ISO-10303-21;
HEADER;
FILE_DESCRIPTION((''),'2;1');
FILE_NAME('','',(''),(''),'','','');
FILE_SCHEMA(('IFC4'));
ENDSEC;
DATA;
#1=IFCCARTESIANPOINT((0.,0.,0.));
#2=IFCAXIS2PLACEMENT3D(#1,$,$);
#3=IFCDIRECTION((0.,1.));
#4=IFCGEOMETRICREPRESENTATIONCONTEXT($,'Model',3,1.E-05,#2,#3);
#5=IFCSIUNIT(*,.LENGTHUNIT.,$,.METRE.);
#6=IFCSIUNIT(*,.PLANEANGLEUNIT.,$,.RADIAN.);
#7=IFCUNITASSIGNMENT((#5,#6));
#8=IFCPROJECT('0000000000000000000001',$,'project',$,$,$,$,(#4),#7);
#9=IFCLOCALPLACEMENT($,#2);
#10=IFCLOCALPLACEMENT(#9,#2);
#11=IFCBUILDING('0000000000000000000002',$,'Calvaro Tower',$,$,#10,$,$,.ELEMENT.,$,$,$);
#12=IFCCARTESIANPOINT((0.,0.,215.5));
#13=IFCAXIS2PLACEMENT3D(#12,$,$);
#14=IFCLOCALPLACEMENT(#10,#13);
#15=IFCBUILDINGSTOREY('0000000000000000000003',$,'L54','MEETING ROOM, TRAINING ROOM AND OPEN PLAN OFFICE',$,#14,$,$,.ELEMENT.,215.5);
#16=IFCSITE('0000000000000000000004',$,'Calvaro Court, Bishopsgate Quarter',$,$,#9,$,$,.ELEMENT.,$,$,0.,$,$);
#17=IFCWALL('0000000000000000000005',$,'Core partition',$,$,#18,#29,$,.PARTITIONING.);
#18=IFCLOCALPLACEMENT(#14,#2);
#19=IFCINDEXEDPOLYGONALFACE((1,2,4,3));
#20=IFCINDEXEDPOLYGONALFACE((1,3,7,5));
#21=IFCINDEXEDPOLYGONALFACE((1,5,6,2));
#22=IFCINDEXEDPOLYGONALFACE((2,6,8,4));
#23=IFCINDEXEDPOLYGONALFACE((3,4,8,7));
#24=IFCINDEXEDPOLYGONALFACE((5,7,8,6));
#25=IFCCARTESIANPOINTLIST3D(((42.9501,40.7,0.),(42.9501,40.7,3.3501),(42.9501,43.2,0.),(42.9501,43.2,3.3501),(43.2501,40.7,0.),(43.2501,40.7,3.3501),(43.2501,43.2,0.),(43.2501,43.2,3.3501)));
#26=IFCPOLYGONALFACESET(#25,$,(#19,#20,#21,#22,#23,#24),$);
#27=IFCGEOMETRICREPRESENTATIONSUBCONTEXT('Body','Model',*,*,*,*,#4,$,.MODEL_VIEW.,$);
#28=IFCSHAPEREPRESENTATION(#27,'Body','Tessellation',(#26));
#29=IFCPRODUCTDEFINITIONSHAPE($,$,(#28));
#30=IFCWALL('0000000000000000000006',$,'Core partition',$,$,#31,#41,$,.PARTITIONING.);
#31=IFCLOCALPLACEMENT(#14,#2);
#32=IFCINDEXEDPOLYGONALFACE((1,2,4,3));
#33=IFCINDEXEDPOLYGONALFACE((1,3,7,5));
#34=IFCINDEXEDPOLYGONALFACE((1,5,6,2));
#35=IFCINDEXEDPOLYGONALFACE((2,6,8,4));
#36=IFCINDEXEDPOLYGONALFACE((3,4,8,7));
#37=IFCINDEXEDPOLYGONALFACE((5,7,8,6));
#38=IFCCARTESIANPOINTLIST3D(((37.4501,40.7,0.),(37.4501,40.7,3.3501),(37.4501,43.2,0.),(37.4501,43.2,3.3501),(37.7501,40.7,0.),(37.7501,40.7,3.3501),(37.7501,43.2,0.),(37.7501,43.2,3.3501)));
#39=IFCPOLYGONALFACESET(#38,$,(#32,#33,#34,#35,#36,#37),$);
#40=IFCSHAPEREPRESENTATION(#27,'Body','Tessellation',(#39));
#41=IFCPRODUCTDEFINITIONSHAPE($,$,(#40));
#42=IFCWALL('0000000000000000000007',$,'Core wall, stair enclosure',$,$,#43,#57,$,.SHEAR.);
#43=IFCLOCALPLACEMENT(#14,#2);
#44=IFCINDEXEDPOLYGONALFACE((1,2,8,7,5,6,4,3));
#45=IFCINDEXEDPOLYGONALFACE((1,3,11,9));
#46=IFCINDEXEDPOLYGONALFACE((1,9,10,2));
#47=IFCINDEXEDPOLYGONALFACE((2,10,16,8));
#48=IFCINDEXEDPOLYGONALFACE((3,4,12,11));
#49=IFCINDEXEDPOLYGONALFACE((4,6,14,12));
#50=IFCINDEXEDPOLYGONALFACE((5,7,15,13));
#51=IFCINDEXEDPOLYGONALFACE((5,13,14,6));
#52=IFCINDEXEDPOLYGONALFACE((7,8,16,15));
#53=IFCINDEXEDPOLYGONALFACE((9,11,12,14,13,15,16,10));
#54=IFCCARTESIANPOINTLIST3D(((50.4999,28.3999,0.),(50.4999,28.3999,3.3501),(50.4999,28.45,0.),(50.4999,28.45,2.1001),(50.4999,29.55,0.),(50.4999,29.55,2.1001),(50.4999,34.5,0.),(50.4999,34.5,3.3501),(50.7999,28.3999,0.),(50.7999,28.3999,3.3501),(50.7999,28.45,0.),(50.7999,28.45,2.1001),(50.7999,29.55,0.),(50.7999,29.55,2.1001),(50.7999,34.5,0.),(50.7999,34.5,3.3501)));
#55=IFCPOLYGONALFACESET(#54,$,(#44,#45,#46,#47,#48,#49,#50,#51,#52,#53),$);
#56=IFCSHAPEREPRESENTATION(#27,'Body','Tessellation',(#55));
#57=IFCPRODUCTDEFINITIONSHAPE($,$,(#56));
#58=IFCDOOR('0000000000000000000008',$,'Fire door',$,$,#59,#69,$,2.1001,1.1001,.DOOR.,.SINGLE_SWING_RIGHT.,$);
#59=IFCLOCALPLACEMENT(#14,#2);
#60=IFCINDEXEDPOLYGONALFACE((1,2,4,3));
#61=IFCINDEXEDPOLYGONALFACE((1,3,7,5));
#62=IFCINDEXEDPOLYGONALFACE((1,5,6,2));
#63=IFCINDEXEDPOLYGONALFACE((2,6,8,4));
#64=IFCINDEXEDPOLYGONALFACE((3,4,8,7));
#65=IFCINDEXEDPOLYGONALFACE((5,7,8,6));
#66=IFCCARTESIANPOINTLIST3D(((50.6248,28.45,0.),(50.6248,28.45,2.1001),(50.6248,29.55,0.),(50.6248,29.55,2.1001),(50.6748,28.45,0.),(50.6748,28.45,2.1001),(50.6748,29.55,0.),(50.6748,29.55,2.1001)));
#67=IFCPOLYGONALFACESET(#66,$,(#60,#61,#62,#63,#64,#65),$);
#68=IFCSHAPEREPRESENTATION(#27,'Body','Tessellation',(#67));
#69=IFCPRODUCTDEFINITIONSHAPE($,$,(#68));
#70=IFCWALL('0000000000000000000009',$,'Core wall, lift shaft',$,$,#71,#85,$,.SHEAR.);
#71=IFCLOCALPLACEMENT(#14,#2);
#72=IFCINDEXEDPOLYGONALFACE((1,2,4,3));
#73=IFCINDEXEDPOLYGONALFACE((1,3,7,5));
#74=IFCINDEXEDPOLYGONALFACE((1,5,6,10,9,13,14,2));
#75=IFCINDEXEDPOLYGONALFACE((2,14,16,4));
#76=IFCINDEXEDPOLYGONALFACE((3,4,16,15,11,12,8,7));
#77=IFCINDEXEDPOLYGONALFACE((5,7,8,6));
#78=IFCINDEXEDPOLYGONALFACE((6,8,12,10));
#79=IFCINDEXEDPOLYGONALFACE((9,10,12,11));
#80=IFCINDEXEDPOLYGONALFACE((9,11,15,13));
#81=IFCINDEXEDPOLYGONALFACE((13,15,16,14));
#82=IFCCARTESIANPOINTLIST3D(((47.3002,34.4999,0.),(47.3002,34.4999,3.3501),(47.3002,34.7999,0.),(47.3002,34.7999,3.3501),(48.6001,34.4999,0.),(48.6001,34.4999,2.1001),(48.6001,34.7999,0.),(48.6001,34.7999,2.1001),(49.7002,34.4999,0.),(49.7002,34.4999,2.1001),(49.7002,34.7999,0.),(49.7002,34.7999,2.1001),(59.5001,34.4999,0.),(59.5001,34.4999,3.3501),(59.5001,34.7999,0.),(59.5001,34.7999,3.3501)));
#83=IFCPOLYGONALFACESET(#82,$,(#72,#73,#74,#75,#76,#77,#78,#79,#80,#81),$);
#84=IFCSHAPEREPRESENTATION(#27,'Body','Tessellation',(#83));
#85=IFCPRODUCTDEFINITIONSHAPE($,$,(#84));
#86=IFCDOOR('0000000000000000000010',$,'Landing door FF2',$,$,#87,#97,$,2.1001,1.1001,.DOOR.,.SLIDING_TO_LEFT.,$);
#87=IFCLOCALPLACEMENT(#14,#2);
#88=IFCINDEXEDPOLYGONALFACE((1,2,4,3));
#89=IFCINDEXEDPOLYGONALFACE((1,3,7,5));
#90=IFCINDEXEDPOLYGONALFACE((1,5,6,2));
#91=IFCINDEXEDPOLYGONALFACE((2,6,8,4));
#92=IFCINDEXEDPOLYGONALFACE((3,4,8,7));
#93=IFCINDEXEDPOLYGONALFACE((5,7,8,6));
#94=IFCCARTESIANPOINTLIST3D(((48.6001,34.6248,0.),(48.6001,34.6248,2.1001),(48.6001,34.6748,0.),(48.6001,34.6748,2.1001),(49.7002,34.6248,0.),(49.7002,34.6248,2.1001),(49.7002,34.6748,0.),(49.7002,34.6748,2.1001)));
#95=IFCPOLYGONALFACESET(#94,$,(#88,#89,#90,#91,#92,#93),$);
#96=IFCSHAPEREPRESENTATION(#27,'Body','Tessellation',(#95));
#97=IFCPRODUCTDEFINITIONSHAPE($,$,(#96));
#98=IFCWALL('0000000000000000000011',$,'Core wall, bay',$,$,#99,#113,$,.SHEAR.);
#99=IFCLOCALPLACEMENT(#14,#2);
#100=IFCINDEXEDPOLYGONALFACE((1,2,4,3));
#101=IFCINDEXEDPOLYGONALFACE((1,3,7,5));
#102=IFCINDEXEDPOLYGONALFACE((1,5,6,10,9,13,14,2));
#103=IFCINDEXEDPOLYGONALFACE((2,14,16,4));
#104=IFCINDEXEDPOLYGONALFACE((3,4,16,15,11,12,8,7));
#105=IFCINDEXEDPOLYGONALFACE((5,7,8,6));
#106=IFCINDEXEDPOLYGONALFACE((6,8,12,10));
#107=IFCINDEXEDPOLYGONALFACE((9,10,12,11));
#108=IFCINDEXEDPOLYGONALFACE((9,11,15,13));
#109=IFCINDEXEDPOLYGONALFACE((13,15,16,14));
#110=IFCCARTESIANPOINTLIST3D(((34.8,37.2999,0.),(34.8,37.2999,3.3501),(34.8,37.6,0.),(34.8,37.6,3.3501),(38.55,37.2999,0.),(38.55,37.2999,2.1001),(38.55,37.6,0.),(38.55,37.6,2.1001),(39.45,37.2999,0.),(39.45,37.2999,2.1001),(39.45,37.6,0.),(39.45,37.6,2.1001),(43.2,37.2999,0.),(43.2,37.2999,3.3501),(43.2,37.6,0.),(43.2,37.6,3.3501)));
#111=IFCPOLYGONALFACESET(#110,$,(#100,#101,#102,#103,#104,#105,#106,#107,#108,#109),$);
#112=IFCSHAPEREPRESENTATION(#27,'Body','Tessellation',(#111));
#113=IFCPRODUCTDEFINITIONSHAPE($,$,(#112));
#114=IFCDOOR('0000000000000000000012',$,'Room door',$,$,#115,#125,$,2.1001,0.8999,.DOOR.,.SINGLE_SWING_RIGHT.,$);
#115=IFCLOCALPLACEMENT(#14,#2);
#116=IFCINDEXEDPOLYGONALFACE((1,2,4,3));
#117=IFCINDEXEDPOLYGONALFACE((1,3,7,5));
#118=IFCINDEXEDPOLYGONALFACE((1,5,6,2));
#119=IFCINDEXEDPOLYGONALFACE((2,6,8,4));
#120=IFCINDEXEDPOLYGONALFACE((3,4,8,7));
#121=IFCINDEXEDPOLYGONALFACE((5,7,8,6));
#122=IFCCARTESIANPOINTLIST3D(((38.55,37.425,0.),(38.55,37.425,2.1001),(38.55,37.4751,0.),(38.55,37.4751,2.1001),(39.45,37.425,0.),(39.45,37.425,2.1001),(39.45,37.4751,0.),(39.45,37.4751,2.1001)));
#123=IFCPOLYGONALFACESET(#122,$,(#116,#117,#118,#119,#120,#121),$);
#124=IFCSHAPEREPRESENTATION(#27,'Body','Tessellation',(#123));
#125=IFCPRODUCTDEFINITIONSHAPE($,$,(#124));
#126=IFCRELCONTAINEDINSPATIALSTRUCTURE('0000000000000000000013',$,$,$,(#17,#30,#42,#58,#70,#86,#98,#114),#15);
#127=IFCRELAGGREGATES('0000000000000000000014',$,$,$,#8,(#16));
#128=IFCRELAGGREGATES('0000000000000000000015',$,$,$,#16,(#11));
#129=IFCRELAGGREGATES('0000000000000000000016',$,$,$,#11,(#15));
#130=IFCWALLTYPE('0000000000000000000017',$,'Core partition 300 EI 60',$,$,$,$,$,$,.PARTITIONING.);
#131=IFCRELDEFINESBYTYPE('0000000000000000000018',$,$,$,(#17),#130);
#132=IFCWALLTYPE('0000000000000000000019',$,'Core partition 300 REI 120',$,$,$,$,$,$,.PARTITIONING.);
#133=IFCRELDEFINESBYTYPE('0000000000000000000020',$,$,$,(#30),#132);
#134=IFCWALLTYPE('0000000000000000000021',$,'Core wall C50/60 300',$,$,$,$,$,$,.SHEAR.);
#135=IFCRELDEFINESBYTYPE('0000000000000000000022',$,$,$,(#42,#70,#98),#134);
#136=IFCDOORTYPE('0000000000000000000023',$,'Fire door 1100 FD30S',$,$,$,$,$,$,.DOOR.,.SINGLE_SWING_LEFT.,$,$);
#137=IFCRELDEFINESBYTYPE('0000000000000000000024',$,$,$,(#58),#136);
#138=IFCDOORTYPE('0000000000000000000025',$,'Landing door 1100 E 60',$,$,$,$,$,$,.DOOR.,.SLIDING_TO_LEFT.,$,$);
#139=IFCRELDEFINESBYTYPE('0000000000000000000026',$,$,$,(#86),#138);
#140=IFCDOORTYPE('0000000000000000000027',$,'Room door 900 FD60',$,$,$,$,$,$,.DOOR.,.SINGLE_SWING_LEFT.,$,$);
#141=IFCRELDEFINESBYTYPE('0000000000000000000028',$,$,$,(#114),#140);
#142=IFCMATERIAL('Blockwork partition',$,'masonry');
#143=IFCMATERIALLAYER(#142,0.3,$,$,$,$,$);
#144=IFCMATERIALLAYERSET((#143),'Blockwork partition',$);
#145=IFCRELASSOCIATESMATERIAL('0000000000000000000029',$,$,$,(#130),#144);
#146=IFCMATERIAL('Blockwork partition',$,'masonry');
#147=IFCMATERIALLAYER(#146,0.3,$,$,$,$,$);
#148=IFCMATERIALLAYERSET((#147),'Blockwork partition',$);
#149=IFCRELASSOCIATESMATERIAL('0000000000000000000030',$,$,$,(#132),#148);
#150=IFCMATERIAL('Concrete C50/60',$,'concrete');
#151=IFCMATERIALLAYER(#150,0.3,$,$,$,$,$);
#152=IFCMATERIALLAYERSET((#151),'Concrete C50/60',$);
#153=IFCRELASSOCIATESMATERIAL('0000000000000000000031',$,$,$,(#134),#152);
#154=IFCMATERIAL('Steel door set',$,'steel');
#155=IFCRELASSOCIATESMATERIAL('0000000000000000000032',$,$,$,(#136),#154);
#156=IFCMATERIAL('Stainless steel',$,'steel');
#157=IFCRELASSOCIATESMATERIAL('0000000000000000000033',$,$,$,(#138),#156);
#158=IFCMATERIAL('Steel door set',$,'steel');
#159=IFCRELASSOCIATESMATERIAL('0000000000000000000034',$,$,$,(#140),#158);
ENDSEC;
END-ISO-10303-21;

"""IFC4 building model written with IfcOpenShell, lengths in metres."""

from ifc_helpers import new_model, si_unit, direction, frame, frame_2d, origin, place, context, subcontext, project, spatial, rectangle, extrude, material, layer, layer_set, type_object, element, fill, save


model = new_model("IFC4")

# Units and contexts
model_context = context("Model", 3, precision=1e-05, world=origin(), true_north=direction((0.0, 1.0)))
body_context = subcontext(model_context, "Body", "Model", "MODEL_VIEW")
ifc_project = project(units=[si_unit("LENGTHUNIT", "METRE"), si_unit("PLANEANGLEUNIT", "RADIAN")], contexts=[model_context])

# Site, building, storey
site_placement = place(None, origin())
site = spatial("IfcSite", under=ifc_project, at=site_placement, Name="Calvaro Court, Bishopsgate Quarter", CompositionType="ELEMENT", RefElevation=0.0)
building_placement = place(site_placement, origin())
building = spatial("IfcBuilding", under=site, at=building_placement, Name="Calvaro Tower", CompositionType="ELEMENT")
storey_placement = place(building_placement, frame((0.0, 0.0, 215.5)))
storey = spatial("IfcBuildingStorey", under=building, at=storey_placement, Name="L54", Description="MEETING ROOM, TRAINING ROOM AND OPEN PLAN OFFICE", CompositionType="ELEMENT", Elevation=215.5)

# Walls
ifc_material_1 = material(Name="Blockwork partition", Category="masonry")
ifc_layer_1 = layer(ifc_material_1, 0.3)
ifc_layer_set_1 = layer_set([ifc_layer_1], Name="Blockwork partition")
wall_type_1 = type_object("IfcWallType", Name="Core partition 300 EI 60", PredefinedType="PARTITIONING", material=ifc_layer_set_1)
wall_1_placement = place(storey_placement, frame((43.1001, 40.7, 0.0), z_axis=(0.0, 0.0, 1.0), x_axis=(0.0, 1.0, 0.0)))
element("IfcWall", 1, at=wall_1_placement, inside=storey, type_object=wall_type_1, Name="Core partition", PredefinedType="PARTITIONING", context=body_context, shape_type="SweptSolid", body=[
    extrude(rectangle(XDim=2.5, YDim=0.3, at=frame_2d((1.25, 0.0))), origin(), (0.0, 0.0, 1.0), 3.3501),
])
ifc_material_2 = material(Name="Blockwork partition", Category="masonry")
ifc_layer_2 = layer(ifc_material_2, 0.3)
ifc_layer_set_2 = layer_set([ifc_layer_2], Name="Blockwork partition")
wall_type_2 = type_object("IfcWallType", Name="Core partition 300 REI 120", PredefinedType="PARTITIONING", material=ifc_layer_set_2)
wall_2_placement = place(storey_placement, frame((37.6001, 40.7, 0.0), z_axis=(0.0, 0.0, 1.0), x_axis=(0.0, 1.0, 0.0)))
element("IfcWall", 2, at=wall_2_placement, inside=storey, type_object=wall_type_2, Name="Core partition", PredefinedType="PARTITIONING", context=body_context, shape_type="SweptSolid", body=[
    extrude(rectangle(XDim=2.5, YDim=0.3, at=frame_2d((1.25, 0.0))), origin(), (0.0, 0.0, 1.0), 3.3501),
])

# Walls, openings, doors
ifc_material_3 = material(Name="Concrete C50/60", Category="concrete")
ifc_layer_3 = layer(ifc_material_3, 0.3)
ifc_layer_set_3 = layer_set([ifc_layer_3], Name="Concrete C50/60")
wall_type_3 = type_object("IfcWallType", Name="Core wall C50/60 300", PredefinedType="SHEAR", material=ifc_layer_set_3)
wall_3_placement = place(storey_placement, frame((50.6499, 34.5, 0.0), z_axis=(0.0, 0.0, 1.0), x_axis=(0.0, -1.0, 0.0)))
wall_3 = element("IfcWall", 3, at=wall_3_placement, inside=storey, type_object=wall_type_3, Name="Core wall, stair enclosure", PredefinedType="SHEAR", context=body_context, shape_type="SweptSolid", body=[
    extrude(rectangle(XDim=6.1001, YDim=0.3, at=frame_2d((3.05, 0.0))), origin(), (0.0, 0.0, 1.0), 3.3501),
])
opening_1_placement = place(wall_3_placement, frame((4.95, 0.0, 0.0)))
opening_1 = element("IfcOpeningElement", 4, at=opening_1_placement, cuts=wall_3, PredefinedType="OPENING", context=body_context, shape_type="SweptSolid", body=[
    extrude(rectangle(XDim=1.1001, YDim=2.1001, at=frame_2d((0.55, 1.05))), frame((0.0, 0.1599, 0.0), z_axis=(0.0, -1.0, 0.0), x_axis=(1.0, 0.0, 0.0)), (0.0, 0.0, 1.0), 0.3201),
])
ifc_material_4 = material(Name="Steel door set", Category="steel")
door_type_1 = type_object("IfcDoorType", Name="Fire door 1100 FD30S", OperationType="SINGLE_SWING_LEFT", PredefinedType="DOOR", material=ifc_material_4)
door_1_placement = place(opening_1_placement, origin())
door_1 = element("IfcDoor", 5, at=door_1_placement, inside=storey, type_object=door_type_1, Name="Fire door", OperationType="SINGLE_SWING_RIGHT", OverallHeight=2.1001, OverallWidth=1.1001, PredefinedType="DOOR", context=body_context, shape_type="SweptSolid", body=[
    extrude(rectangle(XDim=1.1001, YDim=2.1001, at=frame_2d((0.55, 1.05))), frame((0.0, 0.0249, 0.0), z_axis=(0.0, -1.0, 0.0), x_axis=(1.0, 0.0, 0.0)), (0.0, 0.0, 1.0), 0.05),
])
fill(opening_1, door_1)
wall_4_placement = place(storey_placement, frame((47.3, 34.6499, 0.0), z_axis=(0.0, 0.0, 1.0), x_axis=(1.0, 0.0, 0.0)))
wall_4 = element("IfcWall", 6, at=wall_4_placement, inside=storey, type_object=wall_type_3, Name="Core wall, lift shaft", PredefinedType="SHEAR", context=body_context, shape_type="SweptSolid", body=[
    extrude(rectangle(XDim=12.2, YDim=0.3, at=frame_2d((6.1001, 0.0))), origin(), (0.0, 0.0, 1.0), 3.3501),
])
opening_2_placement = place(wall_4_placement, frame((1.3, 0.0, 0.0)))
opening_2 = element("IfcOpeningElement", 7, at=opening_2_placement, cuts=wall_4, PredefinedType="OPENING", context=body_context, shape_type="SweptSolid", body=[
    extrude(rectangle(XDim=1.1001, YDim=2.1001, at=frame_2d((0.55, 1.05))), frame((0.0, 0.1599, 0.0), z_axis=(0.0, -1.0, 0.0), x_axis=(1.0, 0.0, 0.0)), (0.0, 0.0, 1.0), 0.3201),
])
ifc_material_5 = material(Name="Stainless steel", Category="steel")
door_type_2 = type_object("IfcDoorType", Name="Landing door 1100 E 60", OperationType="SLIDING_TO_LEFT", PredefinedType="DOOR", material=ifc_material_5)
door_2_placement = place(opening_2_placement, origin())
door_2 = element("IfcDoor", 8, at=door_2_placement, inside=storey, type_object=door_type_2, Name="Landing door FF2", OperationType="SLIDING_TO_LEFT", OverallHeight=2.1001, OverallWidth=1.1001, PredefinedType="DOOR", context=body_context, shape_type="SweptSolid", body=[
    extrude(rectangle(XDim=1.1001, YDim=2.1001, at=frame_2d((0.55, 1.05))), frame((0.0, 0.0249, 0.0), z_axis=(0.0, -1.0, 0.0), x_axis=(1.0, 0.0, 0.0)), (0.0, 0.0, 1.0), 0.05),
])
fill(opening_2, door_2)
wall_5_placement = place(storey_placement, frame((43.2, 37.45, 0.0), z_axis=(0.0, 0.0, 1.0), x_axis=(-1.0, 0.0, 0.0)))
wall_5 = element("IfcWall", 9, at=wall_5_placement, inside=storey, type_object=wall_type_3, Name="Core wall, bay", PredefinedType="SHEAR", context=body_context, shape_type="SweptSolid", body=[
    extrude(rectangle(XDim=8.3999, YDim=0.3, at=frame_2d((4.2, 0.0))), origin(), (0.0, 0.0, 1.0), 3.3501),
])
opening_3_placement = place(wall_5_placement, frame((3.75, 0.0, 0.0)))
opening_3 = element("IfcOpeningElement", 10, at=opening_3_placement, cuts=wall_5, PredefinedType="OPENING", context=body_context, shape_type="SweptSolid", body=[
    extrude(rectangle(XDim=0.8999, YDim=2.1001, at=frame_2d((0.45, 1.05))), frame((0.0, 0.1599, 0.0), z_axis=(0.0, -1.0, 0.0), x_axis=(1.0, 0.0, 0.0)), (0.0, 0.0, 1.0), 0.3201),
])
ifc_material_6 = material(Name="Steel door set", Category="steel")
door_type_3 = type_object("IfcDoorType", Name="Room door 900 FD60", OperationType="SINGLE_SWING_LEFT", PredefinedType="DOOR", material=ifc_material_6)
door_3_placement = place(opening_3_placement, origin())
door_3 = element("IfcDoor", 11, at=door_3_placement, inside=storey, type_object=door_type_3, Name="Room door", OperationType="SINGLE_SWING_RIGHT", OverallHeight=2.1001, OverallWidth=0.8999, PredefinedType="DOOR", context=body_context, shape_type="SweptSolid", body=[
    extrude(rectangle(XDim=0.8999, YDim=2.1001, at=frame_2d((0.45, 1.05))), frame((0.0, 0.0249, 0.0), z_axis=(0.0, -1.0, 0.0), x_axis=(1.0, 0.0, 0.0)), (0.0, 0.0, 1.0), 0.05),
])
fill(opening_3, door_3)

save(model, "model.ifc")
